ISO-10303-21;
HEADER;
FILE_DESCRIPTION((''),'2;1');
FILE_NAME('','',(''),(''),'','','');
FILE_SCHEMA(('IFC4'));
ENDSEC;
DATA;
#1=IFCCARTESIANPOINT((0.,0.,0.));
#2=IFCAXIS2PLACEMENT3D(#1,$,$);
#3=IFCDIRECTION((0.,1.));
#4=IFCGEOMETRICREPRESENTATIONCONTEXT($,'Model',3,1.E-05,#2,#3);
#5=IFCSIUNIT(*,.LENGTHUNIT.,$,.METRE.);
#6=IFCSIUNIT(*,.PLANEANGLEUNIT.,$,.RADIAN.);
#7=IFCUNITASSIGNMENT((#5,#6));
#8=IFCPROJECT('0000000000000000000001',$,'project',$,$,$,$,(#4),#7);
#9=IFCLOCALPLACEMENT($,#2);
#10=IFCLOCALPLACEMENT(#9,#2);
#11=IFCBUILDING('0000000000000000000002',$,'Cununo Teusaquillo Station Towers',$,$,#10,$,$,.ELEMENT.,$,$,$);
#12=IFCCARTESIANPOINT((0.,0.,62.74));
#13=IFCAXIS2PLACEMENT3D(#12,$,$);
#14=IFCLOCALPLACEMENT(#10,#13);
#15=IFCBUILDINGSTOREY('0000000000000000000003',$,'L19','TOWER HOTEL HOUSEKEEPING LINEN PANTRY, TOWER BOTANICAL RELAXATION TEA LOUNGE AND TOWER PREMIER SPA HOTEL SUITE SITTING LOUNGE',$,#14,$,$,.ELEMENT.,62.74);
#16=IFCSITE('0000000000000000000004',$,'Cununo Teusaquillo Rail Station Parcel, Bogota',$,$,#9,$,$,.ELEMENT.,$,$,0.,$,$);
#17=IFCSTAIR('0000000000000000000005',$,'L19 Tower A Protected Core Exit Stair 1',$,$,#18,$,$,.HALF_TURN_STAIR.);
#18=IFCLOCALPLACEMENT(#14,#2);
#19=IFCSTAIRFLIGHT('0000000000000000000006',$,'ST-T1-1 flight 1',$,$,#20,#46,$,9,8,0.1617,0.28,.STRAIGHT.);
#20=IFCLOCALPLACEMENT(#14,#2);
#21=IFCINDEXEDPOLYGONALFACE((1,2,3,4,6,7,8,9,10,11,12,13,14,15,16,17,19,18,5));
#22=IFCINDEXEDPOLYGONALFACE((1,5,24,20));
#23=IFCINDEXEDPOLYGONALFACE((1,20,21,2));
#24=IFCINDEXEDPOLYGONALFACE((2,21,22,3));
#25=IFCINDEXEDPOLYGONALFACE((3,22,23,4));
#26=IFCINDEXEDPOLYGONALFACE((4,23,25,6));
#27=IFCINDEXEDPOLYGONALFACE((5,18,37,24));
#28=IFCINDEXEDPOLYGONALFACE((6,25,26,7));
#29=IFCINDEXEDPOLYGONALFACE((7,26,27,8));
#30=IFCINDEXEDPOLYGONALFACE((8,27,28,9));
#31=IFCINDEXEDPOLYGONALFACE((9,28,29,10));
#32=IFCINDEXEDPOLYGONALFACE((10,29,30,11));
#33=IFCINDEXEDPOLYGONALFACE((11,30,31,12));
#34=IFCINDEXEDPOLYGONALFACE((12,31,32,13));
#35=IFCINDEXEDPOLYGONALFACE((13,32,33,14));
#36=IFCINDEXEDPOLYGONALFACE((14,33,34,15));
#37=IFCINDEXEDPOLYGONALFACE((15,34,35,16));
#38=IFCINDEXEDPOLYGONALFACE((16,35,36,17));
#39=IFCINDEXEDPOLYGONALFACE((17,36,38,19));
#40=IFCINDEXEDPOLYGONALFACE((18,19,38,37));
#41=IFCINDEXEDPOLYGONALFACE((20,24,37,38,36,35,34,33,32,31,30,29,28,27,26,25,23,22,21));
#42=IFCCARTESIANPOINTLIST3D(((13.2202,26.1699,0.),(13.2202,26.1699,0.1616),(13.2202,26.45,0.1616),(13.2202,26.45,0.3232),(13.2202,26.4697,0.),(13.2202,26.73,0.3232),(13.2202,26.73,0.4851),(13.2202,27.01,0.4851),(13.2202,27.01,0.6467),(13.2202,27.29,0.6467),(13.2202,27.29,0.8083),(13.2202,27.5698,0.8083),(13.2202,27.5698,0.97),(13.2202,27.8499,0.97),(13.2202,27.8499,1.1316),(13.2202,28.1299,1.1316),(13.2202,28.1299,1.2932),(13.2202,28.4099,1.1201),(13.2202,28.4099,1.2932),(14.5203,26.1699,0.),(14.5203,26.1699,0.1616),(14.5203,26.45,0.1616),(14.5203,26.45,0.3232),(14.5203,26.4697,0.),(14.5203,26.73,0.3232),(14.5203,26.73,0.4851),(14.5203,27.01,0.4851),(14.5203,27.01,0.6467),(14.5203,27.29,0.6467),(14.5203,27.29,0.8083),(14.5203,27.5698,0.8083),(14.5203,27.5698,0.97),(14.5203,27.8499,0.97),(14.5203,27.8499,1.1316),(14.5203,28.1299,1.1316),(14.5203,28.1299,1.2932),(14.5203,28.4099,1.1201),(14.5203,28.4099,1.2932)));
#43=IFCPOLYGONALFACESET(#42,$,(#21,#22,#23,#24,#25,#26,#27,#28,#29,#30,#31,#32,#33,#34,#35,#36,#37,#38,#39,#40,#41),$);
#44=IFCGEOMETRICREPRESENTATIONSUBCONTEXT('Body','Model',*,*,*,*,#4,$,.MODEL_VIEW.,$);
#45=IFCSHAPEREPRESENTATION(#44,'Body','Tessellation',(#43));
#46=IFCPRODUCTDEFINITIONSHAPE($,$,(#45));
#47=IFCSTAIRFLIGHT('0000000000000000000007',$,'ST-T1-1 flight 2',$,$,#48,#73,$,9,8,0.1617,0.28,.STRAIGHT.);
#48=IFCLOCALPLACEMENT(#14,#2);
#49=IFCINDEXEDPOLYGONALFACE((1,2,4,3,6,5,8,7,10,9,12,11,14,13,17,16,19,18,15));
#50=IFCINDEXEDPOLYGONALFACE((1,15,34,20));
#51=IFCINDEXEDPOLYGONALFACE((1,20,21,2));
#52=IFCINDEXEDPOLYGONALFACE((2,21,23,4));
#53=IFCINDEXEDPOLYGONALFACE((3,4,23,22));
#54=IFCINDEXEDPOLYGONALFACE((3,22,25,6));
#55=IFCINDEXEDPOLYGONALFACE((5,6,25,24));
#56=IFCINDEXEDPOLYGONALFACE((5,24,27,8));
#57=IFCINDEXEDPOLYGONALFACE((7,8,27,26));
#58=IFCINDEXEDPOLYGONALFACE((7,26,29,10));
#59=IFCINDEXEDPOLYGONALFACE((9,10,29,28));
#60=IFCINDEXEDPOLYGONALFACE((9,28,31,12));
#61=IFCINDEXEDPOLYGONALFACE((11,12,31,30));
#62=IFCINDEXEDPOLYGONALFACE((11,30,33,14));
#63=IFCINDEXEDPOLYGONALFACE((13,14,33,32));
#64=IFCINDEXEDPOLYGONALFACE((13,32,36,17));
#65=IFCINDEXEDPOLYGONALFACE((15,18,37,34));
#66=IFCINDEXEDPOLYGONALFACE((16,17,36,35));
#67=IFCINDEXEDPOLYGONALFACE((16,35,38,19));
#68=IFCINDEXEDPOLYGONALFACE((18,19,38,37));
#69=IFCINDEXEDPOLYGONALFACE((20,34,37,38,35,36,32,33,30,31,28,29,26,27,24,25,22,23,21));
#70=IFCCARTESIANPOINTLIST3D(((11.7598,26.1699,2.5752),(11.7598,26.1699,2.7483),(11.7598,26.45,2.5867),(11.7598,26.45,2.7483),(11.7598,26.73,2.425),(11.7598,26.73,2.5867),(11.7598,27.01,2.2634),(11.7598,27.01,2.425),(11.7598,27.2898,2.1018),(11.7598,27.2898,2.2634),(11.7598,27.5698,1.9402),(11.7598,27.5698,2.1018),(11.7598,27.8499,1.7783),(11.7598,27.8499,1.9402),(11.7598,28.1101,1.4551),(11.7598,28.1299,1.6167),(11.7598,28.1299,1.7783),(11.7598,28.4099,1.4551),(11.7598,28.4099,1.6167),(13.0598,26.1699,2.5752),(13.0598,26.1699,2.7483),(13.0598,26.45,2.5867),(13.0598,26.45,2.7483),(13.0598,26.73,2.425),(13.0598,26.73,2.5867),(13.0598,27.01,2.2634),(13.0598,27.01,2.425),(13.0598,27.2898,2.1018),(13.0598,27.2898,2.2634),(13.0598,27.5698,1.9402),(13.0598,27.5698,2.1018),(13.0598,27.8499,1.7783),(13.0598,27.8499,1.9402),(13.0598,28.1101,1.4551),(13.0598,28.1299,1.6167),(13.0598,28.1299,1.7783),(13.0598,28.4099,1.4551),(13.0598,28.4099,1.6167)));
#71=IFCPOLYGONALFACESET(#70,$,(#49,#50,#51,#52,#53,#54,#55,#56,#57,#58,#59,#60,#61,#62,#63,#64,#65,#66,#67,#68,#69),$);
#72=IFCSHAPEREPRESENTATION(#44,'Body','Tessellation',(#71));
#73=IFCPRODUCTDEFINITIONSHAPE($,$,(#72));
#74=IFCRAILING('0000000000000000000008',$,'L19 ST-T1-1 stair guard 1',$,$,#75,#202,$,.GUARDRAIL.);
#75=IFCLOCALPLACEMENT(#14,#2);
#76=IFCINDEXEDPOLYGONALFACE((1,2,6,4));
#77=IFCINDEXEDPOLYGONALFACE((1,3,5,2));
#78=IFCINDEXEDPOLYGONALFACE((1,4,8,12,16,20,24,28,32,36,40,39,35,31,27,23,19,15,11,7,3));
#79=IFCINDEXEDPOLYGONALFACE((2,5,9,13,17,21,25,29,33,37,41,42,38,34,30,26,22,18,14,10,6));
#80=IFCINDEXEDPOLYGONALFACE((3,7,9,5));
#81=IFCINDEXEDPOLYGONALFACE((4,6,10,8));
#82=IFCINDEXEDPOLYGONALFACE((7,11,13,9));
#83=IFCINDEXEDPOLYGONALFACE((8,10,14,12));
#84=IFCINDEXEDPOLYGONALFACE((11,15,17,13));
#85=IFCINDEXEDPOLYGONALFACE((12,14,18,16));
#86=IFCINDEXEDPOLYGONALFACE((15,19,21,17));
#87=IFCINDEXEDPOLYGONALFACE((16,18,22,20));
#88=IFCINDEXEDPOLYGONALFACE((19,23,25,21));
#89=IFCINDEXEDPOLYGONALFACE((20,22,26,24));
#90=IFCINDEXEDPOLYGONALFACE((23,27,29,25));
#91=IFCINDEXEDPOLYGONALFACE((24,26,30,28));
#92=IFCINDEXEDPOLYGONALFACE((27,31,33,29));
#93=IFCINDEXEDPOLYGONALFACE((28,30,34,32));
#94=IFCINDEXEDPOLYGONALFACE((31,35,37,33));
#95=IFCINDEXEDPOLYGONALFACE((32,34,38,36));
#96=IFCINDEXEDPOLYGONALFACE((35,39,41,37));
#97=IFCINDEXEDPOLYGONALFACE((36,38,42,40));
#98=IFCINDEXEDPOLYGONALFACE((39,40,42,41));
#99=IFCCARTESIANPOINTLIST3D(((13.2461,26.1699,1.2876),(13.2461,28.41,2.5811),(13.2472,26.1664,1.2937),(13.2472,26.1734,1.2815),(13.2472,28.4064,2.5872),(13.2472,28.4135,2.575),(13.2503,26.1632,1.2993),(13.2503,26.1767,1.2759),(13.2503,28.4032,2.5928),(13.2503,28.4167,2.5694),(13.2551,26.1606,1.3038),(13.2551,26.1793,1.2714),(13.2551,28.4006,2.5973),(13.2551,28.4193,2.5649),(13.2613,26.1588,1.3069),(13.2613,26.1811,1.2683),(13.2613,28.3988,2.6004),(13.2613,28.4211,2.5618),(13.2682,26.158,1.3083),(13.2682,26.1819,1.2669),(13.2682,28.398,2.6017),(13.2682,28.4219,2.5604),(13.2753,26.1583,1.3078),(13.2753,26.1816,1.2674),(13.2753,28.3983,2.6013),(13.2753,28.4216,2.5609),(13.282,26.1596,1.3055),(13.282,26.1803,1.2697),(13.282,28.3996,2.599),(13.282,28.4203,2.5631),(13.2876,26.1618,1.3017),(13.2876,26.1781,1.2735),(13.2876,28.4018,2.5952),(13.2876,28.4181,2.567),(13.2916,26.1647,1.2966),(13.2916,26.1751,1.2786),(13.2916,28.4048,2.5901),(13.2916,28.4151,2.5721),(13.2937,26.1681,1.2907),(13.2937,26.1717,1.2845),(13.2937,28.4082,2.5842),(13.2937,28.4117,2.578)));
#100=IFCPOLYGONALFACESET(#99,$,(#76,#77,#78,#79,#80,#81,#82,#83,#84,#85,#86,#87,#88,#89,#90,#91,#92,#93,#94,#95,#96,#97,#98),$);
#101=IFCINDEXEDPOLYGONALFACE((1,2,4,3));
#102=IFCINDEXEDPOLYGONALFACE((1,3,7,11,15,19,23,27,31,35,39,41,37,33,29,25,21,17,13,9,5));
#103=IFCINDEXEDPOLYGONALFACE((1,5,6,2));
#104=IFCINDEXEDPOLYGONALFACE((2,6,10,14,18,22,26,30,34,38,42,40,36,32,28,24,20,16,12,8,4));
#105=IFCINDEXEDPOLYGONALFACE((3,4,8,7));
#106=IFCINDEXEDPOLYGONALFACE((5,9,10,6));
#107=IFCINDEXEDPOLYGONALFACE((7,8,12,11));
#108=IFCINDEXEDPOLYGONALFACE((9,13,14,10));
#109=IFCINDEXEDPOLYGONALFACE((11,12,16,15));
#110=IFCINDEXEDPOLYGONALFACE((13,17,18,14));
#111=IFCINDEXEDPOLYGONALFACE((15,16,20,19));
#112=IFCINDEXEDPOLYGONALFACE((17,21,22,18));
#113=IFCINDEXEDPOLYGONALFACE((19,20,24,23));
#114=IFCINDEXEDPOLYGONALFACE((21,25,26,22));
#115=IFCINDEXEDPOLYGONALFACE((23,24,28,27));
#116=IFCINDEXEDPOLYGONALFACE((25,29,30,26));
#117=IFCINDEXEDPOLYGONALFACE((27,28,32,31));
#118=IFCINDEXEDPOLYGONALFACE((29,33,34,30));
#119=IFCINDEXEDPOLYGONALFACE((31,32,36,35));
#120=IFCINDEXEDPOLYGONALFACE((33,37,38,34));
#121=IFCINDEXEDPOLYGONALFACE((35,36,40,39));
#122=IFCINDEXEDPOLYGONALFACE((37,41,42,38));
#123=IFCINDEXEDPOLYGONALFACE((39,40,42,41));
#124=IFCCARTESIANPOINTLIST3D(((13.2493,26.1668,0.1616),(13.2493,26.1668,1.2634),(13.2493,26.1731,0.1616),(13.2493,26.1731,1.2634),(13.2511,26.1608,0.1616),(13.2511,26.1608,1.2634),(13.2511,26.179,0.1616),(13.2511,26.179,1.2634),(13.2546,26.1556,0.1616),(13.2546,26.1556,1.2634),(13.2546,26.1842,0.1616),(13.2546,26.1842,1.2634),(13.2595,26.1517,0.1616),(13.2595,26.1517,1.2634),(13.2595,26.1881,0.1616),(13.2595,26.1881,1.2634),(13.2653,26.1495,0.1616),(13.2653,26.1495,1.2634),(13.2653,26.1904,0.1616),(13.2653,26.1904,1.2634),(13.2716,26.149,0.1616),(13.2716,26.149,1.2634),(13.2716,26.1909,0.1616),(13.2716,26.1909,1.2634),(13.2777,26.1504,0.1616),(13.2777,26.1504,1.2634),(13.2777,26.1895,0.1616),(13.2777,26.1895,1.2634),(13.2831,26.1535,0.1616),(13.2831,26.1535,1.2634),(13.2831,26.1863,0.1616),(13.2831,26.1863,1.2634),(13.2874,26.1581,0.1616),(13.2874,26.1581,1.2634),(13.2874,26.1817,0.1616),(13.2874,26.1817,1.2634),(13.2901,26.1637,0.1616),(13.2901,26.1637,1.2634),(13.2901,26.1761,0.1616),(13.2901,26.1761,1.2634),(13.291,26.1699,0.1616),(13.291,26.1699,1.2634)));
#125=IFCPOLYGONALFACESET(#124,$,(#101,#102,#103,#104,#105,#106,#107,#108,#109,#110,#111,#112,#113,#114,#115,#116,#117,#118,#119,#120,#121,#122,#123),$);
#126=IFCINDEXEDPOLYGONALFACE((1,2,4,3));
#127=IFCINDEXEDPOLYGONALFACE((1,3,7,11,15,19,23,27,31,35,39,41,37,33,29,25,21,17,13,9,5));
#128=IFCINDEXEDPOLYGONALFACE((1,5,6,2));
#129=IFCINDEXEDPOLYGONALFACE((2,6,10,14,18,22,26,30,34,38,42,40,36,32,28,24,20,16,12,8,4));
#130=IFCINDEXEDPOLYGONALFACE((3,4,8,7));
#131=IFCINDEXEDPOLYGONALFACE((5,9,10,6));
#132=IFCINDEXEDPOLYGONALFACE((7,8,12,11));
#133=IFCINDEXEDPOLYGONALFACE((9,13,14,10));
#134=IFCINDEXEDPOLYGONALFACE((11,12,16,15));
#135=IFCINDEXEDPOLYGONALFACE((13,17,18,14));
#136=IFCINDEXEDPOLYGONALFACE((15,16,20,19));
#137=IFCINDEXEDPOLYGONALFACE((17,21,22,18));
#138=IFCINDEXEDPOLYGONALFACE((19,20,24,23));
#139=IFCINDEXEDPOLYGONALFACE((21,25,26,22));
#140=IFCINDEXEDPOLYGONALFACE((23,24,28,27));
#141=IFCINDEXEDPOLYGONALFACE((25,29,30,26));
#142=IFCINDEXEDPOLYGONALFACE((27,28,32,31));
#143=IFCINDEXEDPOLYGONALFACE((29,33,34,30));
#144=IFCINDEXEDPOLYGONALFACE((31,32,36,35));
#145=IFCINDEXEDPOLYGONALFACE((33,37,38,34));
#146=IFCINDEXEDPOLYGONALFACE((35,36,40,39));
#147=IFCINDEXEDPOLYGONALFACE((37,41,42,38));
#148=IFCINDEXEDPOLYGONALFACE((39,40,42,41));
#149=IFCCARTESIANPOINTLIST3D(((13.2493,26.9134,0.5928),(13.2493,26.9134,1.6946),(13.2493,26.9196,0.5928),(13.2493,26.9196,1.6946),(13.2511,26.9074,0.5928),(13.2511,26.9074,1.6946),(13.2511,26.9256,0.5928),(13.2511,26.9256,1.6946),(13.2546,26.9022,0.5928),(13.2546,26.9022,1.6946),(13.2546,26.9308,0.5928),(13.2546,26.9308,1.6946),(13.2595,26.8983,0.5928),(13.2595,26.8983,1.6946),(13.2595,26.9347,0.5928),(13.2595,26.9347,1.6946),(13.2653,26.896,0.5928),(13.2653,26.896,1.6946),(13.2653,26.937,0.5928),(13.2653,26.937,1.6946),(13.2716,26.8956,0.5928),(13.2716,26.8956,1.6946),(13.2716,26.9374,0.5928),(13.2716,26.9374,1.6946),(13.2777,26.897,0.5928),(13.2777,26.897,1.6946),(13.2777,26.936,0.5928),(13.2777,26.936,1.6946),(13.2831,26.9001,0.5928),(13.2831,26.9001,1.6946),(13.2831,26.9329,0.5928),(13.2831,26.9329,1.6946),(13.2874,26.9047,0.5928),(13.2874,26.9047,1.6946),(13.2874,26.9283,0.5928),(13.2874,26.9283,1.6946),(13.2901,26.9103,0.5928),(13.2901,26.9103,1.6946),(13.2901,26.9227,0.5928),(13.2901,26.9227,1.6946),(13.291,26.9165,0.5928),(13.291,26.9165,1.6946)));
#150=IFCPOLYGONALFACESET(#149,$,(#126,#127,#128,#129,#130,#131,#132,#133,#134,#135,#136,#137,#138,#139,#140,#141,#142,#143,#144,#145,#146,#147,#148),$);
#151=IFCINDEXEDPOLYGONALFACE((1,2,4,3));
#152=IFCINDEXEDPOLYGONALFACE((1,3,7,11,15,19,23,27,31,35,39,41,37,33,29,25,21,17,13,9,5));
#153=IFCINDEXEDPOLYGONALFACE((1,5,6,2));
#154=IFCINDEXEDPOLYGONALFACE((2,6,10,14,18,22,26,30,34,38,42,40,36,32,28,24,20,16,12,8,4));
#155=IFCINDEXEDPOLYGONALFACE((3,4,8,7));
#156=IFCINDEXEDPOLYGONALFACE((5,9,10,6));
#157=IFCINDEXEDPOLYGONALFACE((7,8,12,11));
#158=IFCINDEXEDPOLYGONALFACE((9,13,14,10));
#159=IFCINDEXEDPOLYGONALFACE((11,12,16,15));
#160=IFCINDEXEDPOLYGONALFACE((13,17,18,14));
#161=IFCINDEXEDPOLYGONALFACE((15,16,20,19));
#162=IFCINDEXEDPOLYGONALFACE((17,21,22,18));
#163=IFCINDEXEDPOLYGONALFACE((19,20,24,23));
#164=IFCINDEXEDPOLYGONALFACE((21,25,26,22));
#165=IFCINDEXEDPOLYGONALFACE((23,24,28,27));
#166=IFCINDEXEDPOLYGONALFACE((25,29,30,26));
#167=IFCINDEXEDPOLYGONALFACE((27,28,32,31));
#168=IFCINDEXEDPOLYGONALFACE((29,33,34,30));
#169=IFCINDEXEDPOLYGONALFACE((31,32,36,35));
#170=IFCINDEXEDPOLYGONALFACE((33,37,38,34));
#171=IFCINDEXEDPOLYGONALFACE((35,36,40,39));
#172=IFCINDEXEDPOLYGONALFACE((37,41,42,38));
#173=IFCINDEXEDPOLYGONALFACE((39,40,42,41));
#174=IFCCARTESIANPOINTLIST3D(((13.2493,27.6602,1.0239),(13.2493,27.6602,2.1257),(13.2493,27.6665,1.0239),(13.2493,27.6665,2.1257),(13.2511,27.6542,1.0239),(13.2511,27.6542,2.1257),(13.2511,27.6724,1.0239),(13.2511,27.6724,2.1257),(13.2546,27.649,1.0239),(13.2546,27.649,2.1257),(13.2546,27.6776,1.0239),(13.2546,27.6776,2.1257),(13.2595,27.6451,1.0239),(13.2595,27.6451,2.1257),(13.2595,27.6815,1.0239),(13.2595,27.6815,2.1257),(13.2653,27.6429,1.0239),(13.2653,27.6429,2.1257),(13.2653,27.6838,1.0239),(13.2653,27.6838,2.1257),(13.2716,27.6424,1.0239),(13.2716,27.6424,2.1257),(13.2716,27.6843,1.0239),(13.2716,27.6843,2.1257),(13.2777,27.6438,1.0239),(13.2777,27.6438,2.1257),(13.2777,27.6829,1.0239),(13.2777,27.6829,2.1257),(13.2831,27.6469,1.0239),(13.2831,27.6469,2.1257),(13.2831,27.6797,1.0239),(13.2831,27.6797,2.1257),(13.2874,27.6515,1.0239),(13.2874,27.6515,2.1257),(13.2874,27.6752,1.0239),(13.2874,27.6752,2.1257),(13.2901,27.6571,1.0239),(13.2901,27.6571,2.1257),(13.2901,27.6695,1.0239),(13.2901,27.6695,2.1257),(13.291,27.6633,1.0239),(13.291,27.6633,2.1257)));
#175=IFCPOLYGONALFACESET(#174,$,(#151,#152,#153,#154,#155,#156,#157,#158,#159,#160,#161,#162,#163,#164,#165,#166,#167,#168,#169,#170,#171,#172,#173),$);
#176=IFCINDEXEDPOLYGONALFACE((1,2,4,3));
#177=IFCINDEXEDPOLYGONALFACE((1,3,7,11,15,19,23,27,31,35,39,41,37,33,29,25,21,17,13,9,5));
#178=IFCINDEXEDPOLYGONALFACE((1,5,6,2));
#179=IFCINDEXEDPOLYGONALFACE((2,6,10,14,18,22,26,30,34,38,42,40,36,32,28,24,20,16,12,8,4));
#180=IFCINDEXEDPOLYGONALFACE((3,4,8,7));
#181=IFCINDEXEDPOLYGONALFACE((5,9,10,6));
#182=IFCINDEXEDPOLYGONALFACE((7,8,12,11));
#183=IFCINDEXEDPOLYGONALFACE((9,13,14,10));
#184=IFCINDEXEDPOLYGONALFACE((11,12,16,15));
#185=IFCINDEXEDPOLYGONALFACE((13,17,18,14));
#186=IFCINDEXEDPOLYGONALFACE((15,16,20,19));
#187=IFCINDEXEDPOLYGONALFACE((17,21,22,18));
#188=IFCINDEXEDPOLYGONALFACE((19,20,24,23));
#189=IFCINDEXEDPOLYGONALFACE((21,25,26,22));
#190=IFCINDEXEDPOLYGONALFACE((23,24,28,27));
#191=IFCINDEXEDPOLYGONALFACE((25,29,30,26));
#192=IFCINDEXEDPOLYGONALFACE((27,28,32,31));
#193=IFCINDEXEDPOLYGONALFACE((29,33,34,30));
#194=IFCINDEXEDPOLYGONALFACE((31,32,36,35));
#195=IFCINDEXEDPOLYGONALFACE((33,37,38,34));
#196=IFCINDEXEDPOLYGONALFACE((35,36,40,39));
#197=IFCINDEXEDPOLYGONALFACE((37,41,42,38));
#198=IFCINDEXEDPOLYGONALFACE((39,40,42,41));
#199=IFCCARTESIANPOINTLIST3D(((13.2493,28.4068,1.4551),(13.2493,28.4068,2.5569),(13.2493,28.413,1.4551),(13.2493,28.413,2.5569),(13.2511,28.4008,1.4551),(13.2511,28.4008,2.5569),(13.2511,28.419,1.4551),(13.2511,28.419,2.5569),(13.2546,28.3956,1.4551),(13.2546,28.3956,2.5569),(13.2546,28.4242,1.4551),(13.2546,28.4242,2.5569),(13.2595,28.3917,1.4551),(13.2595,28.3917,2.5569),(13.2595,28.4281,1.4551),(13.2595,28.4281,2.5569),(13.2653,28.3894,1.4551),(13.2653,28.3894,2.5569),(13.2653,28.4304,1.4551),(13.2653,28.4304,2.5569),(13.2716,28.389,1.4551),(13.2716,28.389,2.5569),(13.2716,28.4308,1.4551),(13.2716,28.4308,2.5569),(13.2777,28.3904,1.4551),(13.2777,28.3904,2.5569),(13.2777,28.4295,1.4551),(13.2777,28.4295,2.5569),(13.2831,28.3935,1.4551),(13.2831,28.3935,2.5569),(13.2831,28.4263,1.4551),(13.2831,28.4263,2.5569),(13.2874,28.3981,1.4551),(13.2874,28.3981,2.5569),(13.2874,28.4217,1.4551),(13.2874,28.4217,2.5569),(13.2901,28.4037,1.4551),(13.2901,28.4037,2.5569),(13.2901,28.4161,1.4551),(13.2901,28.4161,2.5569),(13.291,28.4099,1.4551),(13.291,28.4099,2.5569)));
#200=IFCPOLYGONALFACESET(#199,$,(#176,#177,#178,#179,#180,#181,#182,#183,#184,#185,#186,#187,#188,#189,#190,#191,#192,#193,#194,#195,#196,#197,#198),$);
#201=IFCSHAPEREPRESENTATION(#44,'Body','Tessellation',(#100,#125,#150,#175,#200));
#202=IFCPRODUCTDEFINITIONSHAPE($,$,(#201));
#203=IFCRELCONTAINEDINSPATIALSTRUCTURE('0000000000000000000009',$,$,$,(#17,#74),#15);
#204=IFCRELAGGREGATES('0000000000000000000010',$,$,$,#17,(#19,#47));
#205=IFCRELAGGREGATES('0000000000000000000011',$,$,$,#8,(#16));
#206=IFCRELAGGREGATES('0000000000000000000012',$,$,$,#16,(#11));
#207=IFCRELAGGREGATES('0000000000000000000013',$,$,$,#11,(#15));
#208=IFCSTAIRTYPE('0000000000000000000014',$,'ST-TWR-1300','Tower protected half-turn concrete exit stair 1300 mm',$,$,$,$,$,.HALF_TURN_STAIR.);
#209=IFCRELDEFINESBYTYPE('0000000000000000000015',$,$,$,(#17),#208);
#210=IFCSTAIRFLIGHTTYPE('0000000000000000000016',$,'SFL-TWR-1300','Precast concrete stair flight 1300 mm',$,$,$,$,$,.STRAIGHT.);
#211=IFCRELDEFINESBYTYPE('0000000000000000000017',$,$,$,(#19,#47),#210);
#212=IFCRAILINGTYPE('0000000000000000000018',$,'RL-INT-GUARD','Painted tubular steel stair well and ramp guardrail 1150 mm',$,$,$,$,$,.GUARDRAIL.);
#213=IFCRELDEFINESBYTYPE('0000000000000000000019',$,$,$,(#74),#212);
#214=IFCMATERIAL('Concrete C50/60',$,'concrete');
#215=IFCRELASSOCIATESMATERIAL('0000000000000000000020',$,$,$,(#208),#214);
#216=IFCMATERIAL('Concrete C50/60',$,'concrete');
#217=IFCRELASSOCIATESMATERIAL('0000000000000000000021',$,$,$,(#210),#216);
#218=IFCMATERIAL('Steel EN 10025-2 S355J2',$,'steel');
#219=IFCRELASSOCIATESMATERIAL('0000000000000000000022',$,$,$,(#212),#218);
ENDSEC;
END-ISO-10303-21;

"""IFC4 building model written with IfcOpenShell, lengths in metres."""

from ifc_helpers import new_model, si_unit, direction, frame, origin, origin_2d, place, context, subcontext, project, spatial, polyline, circle, outline, extrude, material, type_object, element, aggregate, save


model = new_model("IFC4")

# Units and contexts
model_context = context("Model", 3, precision=1e-05, world=origin(), true_north=direction((0.0, 1.0)))
body_context = subcontext(model_context, "Body", "Model", "MODEL_VIEW")
ifc_project = project(units=[si_unit("LENGTHUNIT", "METRE"), si_unit("PLANEANGLEUNIT", "RADIAN")], contexts=[model_context])

# Site, building, storey
site_placement = place(None, origin())
site = spatial("IfcSite", under=ifc_project, at=site_placement, Name="Cununo Teusaquillo Rail Station Parcel, Bogota", CompositionType="ELEMENT", RefElevation=0.0)
building_placement = place(site_placement, origin())
building = spatial("IfcBuilding", under=site, at=building_placement, Name="Cununo Teusaquillo Station Towers", CompositionType="ELEMENT")
storey_placement = place(building_placement, frame((0.0, 0.0, 62.74)))
storey = spatial("IfcBuildingStorey", under=building, at=storey_placement, Name="L19", Description="TOWER HOTEL HOUSEKEEPING LINEN PANTRY, TOWER BOTANICAL RELAXATION TEA LOUNGE AND TOWER PREMIER SPA HOTEL SUITE SITTING LOUNGE", CompositionType="ELEMENT", Elevation=62.74)

# Stair, stair flights
ifc_material_1 = material(Name="Concrete C50/60", Category="concrete")
stair_type = type_object("IfcStairType", Name="ST-TWR-1300", Description="Tower protected half-turn concrete exit stair 1300 mm", PredefinedType="HALF_TURN_STAIR", material=ifc_material_1)
stair_placement = place(storey_placement, origin())
stair = element("IfcStair", 1, at=stair_placement, inside=storey, type_object=stair_type, Name="L19 Tower A Protected Core Exit Stair 1", PredefinedType="HALF_TURN_STAIR")
ifc_material_2 = material(Name="Concrete C50/60", Category="concrete")
stair_flight_type = type_object("IfcStairFlightType", Name="SFL-TWR-1300", Description="Precast concrete stair flight 1300 mm", PredefinedType="STRAIGHT", material=ifc_material_2)
stair_flight_1_placement = place(storey_placement, frame((13.8701, 26.1699, 0.0), z_axis=(0.0, 0.0, 1.0), x_axis=(0.0, 1.0, 0.0)))
stair_flight_1 = element("IfcStairFlight", 2, at=stair_flight_1_placement, type_object=stair_flight_type, Name="ST-T1-1 flight 1", NumberOfRisers=9, NumberOfTreads=8, PredefinedType="STRAIGHT", RiserHeight=0.1617, TreadLength=0.28, context=body_context, shape_type="SweptSolid", body=[
    extrude(outline(polyline([(0.0, 0.0), (0.0, 0.1616), (0.28, 0.1616), (0.28, 0.3232), (0.5601, 0.3232), (0.5601, 0.4851), (0.8401, 0.4851), (0.8401, 0.6467), (1.1201, 0.6467), (1.1201, 0.8083), (1.3999, 0.8083), (1.3999, 0.97), (1.6799, 0.97), (1.6799, 1.1316), (1.96, 1.1316), (1.96, 1.2932), (2.24, 1.2932), (2.24, 1.4551), (2.24, 1.1201), (0.2998, 0.0), (0.0, 0.0)])), frame((0.0, 0.6499, 0.0), z_axis=(0.0, -1.0, 0.0), x_axis=(1.0, 0.0, 0.0)), (0.0, 0.0, 1.0), 1.3),
])
stair_flight_2_placement = place(storey_placement, frame((12.4099, 28.4099, 1.4551), z_axis=(0.0, 0.0, 1.0), x_axis=(0.0, -1.0, 0.0)))
stair_flight_2 = element("IfcStairFlight", 3, at=stair_flight_2_placement, type_object=stair_flight_type, Name="ST-T1-1 flight 2", NumberOfRisers=9, NumberOfTreads=8, PredefinedType="STRAIGHT", RiserHeight=0.1617, TreadLength=0.28, context=body_context, shape_type="SweptSolid", body=[
    extrude(outline(polyline([(0.0, 0.0), (0.0, 0.1616), (0.28, 0.1616), (0.28, 0.3232), (0.5601, 0.3232), (0.5601, 0.4851), (0.8401, 0.4851), (0.8401, 0.6467), (1.1201, 0.6467), (1.1201, 0.8083), (1.3999, 0.8083), (1.3999, 0.97), (1.6799, 0.97), (1.6799, 1.1316), (1.96, 1.1316), (1.96, 1.2932), (2.24, 1.2932), (2.24, 1.4551), (2.24, 1.1201), (0.2998, 0.0), (0.0, 0.0)])), frame((0.0, 0.6499, 0.0), z_axis=(0.0, -1.0, 0.0), x_axis=(1.0, 0.0, 0.0)), (0.0, 0.0, 1.0), 1.3),
])
aggregate(stair, [stair_flight_1, stair_flight_2])

# Railing
ifc_material_3 = material(Name="Steel EN 10025-2 S355J2", Category="steel")
railing_type_1 = type_object("IfcRailingType", Name="RL-INT-GUARD", Description="Painted tubular steel stair well and ramp guardrail 1150 mm", PredefinedType="GUARDRAIL", material=ifc_material_3)
railing_1_placement = place(storey_placement, frame((13.27, 26.1699, 0.1616)))
element("IfcRailing", 4, at=railing_1_placement, inside=storey, type_object=railing_type_1, Name="L19 ST-T1-1 stair guard 1", PredefinedType="GUARDRAIL", context=body_context, shape_type="SweptSolid", body=[
    extrude(circle(Radius=0.0239, at=origin_2d()), frame((0.0, 0.0, 1.126), z_axis=(0.0, 0.865992, 0.500057), x_axis=(-1.0, 0.0, 0.0)), (0.0, 0.0, 1.0), 2.5867),
    extrude(circle(Radius=0.021, at=origin_2d()), origin(), (0.0, 0.0, 1.0), 1.1018),
    extrude(circle(Radius=0.021, at=origin_2d()), frame((0.0, 0.7466, 0.4312)), (0.0, 0.0, 1.0), 1.1018),
    extrude(circle(Radius=0.021, at=origin_2d()), frame((0.0, 1.4934, 0.8623)), (0.0, 0.0, 1.0), 1.1018),
    extrude(circle(Radius=0.021, at=origin_2d()), frame((0.0, 2.24, 1.2935)), (0.0, 0.0, 1.0), 1.1018),
])

save(model, "model.ifc")
